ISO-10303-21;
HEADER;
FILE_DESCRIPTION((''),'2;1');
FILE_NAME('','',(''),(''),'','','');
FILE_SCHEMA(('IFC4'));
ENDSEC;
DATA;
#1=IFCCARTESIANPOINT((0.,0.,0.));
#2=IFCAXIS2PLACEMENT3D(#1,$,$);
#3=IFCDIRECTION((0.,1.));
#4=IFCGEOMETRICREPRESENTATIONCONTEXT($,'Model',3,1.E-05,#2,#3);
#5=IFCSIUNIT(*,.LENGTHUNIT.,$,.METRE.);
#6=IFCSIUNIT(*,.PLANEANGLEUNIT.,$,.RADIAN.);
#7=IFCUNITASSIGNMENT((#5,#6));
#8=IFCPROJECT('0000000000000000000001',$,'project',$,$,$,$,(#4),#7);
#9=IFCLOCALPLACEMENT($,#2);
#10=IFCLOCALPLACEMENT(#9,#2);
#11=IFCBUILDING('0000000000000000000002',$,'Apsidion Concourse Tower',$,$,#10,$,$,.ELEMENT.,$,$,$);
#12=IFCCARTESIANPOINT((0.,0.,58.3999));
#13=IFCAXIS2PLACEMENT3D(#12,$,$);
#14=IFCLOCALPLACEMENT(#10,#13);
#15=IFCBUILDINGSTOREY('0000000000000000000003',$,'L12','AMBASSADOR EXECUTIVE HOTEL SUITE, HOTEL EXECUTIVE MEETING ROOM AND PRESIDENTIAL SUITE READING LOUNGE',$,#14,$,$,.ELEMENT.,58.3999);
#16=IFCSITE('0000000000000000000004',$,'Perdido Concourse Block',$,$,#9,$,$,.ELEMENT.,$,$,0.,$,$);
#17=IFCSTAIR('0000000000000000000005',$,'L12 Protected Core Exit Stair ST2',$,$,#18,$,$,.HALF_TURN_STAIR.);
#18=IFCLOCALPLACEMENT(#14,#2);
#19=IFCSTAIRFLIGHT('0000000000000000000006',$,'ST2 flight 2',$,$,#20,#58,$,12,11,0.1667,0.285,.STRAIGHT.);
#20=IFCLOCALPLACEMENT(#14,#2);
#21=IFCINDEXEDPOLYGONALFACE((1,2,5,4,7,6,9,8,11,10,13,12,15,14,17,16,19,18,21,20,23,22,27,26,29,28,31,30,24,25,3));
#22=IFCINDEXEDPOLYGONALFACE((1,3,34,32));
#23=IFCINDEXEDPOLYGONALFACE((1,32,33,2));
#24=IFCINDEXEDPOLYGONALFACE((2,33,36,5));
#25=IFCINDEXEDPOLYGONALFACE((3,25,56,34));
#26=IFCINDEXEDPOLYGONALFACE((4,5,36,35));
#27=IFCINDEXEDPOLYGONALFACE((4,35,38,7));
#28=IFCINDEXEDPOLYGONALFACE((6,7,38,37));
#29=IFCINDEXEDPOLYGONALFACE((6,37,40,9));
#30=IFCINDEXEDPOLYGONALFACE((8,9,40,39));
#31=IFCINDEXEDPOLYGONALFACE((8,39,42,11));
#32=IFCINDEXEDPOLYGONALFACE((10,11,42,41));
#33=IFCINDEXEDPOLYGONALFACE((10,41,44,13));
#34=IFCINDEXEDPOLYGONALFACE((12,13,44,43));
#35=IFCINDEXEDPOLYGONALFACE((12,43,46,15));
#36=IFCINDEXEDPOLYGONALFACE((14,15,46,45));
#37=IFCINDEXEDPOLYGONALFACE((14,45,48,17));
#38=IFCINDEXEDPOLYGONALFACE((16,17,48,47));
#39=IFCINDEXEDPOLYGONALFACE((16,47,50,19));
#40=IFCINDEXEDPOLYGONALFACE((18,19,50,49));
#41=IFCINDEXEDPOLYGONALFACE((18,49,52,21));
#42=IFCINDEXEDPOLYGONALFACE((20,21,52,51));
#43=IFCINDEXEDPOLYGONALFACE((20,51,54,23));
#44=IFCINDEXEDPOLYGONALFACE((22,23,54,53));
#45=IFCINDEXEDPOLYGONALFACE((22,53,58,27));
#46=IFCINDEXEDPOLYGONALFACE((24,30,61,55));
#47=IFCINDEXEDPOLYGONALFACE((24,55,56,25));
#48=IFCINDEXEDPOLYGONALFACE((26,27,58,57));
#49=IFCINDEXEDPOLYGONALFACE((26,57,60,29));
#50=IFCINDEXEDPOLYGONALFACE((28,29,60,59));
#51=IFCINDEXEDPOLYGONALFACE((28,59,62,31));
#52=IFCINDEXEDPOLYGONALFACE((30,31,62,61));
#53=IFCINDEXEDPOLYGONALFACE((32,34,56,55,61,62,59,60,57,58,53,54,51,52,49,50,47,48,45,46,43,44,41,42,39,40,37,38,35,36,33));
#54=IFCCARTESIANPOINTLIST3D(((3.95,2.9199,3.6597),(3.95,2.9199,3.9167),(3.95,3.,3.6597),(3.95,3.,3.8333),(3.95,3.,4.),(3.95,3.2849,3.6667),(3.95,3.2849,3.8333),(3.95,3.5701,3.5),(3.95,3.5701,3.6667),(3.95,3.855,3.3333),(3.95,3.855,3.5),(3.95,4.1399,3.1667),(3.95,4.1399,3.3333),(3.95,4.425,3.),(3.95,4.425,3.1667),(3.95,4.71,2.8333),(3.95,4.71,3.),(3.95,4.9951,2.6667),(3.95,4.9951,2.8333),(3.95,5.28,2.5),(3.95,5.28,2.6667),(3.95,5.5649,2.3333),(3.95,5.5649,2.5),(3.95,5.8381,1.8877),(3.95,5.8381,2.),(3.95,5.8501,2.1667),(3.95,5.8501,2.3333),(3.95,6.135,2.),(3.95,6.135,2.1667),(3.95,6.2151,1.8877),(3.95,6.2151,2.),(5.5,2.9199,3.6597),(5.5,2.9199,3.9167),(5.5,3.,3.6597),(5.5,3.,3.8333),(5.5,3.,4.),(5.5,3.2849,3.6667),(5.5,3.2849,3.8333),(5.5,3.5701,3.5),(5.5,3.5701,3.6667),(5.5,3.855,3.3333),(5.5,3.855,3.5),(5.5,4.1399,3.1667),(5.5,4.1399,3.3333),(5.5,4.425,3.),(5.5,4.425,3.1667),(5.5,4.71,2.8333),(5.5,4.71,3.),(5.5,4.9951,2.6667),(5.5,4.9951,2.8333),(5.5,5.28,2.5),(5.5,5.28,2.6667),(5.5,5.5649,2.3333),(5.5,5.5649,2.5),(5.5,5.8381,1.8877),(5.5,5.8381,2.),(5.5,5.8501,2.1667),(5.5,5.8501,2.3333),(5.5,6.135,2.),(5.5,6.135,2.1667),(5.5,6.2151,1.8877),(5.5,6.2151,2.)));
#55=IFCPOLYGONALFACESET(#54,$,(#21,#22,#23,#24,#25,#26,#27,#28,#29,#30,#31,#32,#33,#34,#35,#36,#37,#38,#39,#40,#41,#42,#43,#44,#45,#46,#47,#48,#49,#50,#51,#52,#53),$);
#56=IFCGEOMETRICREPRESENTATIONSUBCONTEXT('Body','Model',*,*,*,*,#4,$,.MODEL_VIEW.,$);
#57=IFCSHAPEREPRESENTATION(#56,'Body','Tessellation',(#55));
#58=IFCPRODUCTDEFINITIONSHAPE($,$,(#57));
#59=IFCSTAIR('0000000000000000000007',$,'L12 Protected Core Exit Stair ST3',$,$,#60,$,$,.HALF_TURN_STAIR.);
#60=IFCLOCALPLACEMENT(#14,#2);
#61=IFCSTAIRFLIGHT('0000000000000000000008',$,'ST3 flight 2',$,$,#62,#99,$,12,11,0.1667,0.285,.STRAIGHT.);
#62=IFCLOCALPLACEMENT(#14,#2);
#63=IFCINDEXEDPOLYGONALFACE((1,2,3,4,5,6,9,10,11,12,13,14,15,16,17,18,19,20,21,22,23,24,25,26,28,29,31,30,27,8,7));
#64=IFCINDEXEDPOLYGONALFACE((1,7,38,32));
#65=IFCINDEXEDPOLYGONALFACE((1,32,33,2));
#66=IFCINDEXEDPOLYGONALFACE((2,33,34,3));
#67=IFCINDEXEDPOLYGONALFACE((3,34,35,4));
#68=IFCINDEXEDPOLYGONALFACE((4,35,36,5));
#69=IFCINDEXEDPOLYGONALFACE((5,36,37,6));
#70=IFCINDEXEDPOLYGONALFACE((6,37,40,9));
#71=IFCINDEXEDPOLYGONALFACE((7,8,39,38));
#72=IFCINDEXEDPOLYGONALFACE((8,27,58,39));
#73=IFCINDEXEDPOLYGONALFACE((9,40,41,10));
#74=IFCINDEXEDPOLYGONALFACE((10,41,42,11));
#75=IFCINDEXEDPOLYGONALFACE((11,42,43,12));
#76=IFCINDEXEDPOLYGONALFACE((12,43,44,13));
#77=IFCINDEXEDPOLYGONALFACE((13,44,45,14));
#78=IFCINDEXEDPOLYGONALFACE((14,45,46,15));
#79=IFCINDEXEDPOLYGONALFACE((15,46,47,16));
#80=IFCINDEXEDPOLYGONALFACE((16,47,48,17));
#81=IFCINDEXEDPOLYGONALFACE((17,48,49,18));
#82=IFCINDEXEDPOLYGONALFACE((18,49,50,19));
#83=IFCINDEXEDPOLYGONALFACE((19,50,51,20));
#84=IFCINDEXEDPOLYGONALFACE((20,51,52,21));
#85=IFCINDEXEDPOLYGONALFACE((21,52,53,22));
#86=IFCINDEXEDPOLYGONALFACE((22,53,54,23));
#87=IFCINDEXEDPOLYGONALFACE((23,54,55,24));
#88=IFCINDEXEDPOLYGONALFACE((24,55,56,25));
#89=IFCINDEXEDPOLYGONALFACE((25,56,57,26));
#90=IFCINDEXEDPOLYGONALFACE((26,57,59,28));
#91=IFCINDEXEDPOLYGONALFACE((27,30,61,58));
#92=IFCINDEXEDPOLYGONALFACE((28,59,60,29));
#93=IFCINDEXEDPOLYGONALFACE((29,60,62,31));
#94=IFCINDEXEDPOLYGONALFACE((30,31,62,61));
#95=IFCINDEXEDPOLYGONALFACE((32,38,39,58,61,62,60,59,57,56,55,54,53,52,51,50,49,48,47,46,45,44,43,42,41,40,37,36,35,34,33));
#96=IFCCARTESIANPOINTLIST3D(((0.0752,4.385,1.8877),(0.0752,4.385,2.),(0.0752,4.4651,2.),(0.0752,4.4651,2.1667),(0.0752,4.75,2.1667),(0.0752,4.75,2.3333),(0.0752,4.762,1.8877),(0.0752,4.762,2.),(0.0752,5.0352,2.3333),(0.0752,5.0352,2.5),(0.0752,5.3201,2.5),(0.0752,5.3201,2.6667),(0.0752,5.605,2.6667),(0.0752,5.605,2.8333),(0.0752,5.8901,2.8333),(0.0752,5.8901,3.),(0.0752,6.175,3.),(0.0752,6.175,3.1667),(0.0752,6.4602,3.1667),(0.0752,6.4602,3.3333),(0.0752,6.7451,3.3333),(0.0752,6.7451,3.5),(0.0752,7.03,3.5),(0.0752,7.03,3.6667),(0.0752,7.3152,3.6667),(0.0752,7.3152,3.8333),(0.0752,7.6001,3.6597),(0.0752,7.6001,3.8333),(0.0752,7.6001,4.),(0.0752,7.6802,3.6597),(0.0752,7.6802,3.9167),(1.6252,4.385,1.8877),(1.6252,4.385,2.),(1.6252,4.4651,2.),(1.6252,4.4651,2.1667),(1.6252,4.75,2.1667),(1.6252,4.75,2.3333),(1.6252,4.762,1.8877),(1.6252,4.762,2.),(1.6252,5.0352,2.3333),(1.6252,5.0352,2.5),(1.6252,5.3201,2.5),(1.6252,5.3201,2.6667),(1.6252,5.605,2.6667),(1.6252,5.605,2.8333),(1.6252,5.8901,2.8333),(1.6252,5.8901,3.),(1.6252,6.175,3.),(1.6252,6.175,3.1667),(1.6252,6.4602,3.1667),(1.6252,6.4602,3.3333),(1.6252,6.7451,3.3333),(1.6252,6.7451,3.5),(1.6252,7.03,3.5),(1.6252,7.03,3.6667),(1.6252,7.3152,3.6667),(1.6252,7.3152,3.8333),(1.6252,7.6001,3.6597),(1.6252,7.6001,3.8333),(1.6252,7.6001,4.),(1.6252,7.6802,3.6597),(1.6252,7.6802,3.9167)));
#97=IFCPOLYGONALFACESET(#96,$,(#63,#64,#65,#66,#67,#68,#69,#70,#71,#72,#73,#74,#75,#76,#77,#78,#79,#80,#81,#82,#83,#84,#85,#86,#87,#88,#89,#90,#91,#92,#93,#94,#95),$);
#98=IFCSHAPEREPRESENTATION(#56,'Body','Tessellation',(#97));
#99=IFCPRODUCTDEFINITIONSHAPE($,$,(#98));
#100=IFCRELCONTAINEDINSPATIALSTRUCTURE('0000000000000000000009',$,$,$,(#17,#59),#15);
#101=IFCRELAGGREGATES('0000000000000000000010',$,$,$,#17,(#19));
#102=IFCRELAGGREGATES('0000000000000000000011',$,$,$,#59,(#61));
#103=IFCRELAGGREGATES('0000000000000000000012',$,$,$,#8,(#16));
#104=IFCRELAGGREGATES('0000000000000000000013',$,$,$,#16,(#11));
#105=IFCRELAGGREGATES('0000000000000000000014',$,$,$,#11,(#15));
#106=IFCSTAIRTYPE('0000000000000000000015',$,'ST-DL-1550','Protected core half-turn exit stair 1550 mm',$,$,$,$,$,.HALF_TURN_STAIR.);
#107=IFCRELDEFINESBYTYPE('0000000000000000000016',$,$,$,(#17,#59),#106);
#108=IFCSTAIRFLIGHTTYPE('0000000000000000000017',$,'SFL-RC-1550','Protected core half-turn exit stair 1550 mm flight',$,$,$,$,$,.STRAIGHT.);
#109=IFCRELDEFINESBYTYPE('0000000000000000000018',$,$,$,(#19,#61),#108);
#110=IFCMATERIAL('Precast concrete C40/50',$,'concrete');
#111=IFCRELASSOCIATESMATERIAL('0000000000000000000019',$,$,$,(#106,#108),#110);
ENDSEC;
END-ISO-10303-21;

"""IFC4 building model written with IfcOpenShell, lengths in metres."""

from ifc_helpers import new_model, si_unit, direction, frame, origin, place, context, subcontext, project, spatial, polyline, outline, extrude, material, type_object, element, aggregate, save


model = new_model("IFC4")

# Units and contexts
model_context = context("Model", 3, precision=1e-05, world=origin(), true_north=direction((0.0, 1.0)))
body_context = subcontext(model_context, "Body", "Model", "MODEL_VIEW")
ifc_project = project(units=[si_unit("LENGTHUNIT", "METRE"), si_unit("PLANEANGLEUNIT", "RADIAN")], contexts=[model_context])

# Site, building, storey
site_placement = place(None, origin())
site = spatial("IfcSite", under=ifc_project, at=site_placement, Name="Perdido Concourse Block", CompositionType="ELEMENT", RefElevation=0.0)
building_placement = place(site_placement, origin())
building = spatial("IfcBuilding", under=site, at=building_placement, Name="Apsidion Concourse Tower", CompositionType="ELEMENT")
storey_placement = place(building_placement, frame((0.0, 0.0, 58.3999)))
storey = spatial("IfcBuildingStorey", under=building, at=storey_placement, Name="L12", Description="AMBASSADOR EXECUTIVE HOTEL SUITE, HOTEL EXECUTIVE MEETING ROOM AND PRESIDENTIAL SUITE READING LOUNGE", CompositionType="ELEMENT", Elevation=58.3999)

# Stair, stair flight
ifc_material_1 = material(Name="Precast concrete C40/50", Category="concrete")
stair_type = type_object("IfcStairType", Name="ST-DL-1550", Description="Protected core half-turn exit stair 1550 mm", PredefinedType="HALF_TURN_STAIR", material=ifc_material_1)
stair_1_placement = place(storey_placement, origin())
stair_1 = element("IfcStair", 1, at=stair_1_placement, inside=storey, type_object=stair_type, Name="L12 Protected Core Exit Stair ST2", PredefinedType="HALF_TURN_STAIR")
stair_flight_type = type_object("IfcStairFlightType", Name="SFL-RC-1550", Description="Protected core half-turn exit stair 1550 mm flight", PredefinedType="STRAIGHT", material=ifc_material_1)
stair_flight_1_placement = place(storey_placement, frame((4.7251, 6.135, 2.0), z_axis=(0.0, 0.0, 1.0), x_axis=(0.0, -1.0, 0.0)))
stair_flight_1 = element("IfcStairFlight", 2, at=stair_flight_1_placement, type_object=stair_flight_type, Name="ST2 flight 2", NumberOfRisers=12, NumberOfTreads=11, PredefinedType="STRAIGHT", RiserHeight=0.1667, TreadLength=0.285, context=body_context, shape_type="SweptSolid", body=[
    extrude(outline(polyline([(-0.0801, -0.1123), (-0.0801, 0.0), (0.0, 0.0), (0.0, 0.1667), (0.2849, 0.1667), (0.2849, 0.3333), (0.5701, 0.3333), (0.5701, 0.5), (0.855, 0.5), (0.855, 0.6667), (1.1399, 0.6667), (1.1399, 0.8333), (1.425, 0.8333), (1.425, 1.0), (1.71, 1.0), (1.71, 1.1667), (1.9951, 1.1667), (1.9951, 1.3333), (2.28, 1.3333), (2.28, 1.5), (2.5649, 1.5), (2.5649, 1.6667), (2.8501, 1.6667), (2.8501, 1.8333), (3.135, 1.8333), (3.135, 2.0), (3.2151, 1.9167), (3.2151, 1.6597), (3.135, 1.6597), (0.2969, 0.0), (0.2969, -0.1123), (-0.0801, -0.1123)])), frame((0.0, 0.7749, 0.0), z_axis=(0.0, -1.0, 0.0), x_axis=(1.0, 0.0, 0.0)), (0.0, 0.0, 1.0), 1.55),
])
aggregate(stair_1, [stair_flight_1])

# Stair, stair flight
stair_2_placement = place(storey_placement, origin())
stair_2 = element("IfcStair", 3, at=stair_2_placement, inside=storey, type_object=stair_type, Name="L12 Protected Core Exit Stair ST3", PredefinedType="HALF_TURN_STAIR")
stair_flight_2_placement = place(storey_placement, frame((0.8501, 4.4651, 2.0), z_axis=(0.0, 0.0, 1.0), x_axis=(0.0, 1.0, 0.0)))
stair_flight_2 = element("IfcStairFlight", 4, at=stair_flight_2_placement, type_object=stair_flight_type, Name="ST3 flight 2", NumberOfRisers=12, NumberOfTreads=11, PredefinedType="STRAIGHT", RiserHeight=0.1667, TreadLength=0.285, context=body_context, shape_type="SweptSolid", body=[
    extrude(outline(polyline([(-0.0801, -0.1123), (-0.0801, 0.0), (0.0, 0.0), (0.0, 0.1667), (0.2849, 0.1667), (0.2849, 0.3333), (0.5701, 0.3333), (0.5701, 0.5), (0.855, 0.5), (0.855, 0.6667), (1.1399, 0.6667), (1.1399, 0.8333), (1.425, 0.8333), (1.425, 1.0), (1.71, 1.0), (1.71, 1.1667), (1.9951, 1.1667), (1.9951, 1.3333), (2.28, 1.3333), (2.28, 1.5), (2.5649, 1.5), (2.5649, 1.6667), (2.8501, 1.6667), (2.8501, 1.8333), (3.135, 1.8333), (3.135, 2.0), (3.2151, 1.9167), (3.2151, 1.6597), (3.135, 1.6597), (0.2969, 0.0), (0.2969, -0.1123), (-0.0801, -0.1123)])), frame((0.0, 0.7749, 0.0), z_axis=(0.0, -1.0, 0.0), x_axis=(1.0, 0.0, 0.0)), (0.0, 0.0, 1.0), 1.55),
])
aggregate(stair_2, [stair_flight_2])

save(model, "model.ifc")
